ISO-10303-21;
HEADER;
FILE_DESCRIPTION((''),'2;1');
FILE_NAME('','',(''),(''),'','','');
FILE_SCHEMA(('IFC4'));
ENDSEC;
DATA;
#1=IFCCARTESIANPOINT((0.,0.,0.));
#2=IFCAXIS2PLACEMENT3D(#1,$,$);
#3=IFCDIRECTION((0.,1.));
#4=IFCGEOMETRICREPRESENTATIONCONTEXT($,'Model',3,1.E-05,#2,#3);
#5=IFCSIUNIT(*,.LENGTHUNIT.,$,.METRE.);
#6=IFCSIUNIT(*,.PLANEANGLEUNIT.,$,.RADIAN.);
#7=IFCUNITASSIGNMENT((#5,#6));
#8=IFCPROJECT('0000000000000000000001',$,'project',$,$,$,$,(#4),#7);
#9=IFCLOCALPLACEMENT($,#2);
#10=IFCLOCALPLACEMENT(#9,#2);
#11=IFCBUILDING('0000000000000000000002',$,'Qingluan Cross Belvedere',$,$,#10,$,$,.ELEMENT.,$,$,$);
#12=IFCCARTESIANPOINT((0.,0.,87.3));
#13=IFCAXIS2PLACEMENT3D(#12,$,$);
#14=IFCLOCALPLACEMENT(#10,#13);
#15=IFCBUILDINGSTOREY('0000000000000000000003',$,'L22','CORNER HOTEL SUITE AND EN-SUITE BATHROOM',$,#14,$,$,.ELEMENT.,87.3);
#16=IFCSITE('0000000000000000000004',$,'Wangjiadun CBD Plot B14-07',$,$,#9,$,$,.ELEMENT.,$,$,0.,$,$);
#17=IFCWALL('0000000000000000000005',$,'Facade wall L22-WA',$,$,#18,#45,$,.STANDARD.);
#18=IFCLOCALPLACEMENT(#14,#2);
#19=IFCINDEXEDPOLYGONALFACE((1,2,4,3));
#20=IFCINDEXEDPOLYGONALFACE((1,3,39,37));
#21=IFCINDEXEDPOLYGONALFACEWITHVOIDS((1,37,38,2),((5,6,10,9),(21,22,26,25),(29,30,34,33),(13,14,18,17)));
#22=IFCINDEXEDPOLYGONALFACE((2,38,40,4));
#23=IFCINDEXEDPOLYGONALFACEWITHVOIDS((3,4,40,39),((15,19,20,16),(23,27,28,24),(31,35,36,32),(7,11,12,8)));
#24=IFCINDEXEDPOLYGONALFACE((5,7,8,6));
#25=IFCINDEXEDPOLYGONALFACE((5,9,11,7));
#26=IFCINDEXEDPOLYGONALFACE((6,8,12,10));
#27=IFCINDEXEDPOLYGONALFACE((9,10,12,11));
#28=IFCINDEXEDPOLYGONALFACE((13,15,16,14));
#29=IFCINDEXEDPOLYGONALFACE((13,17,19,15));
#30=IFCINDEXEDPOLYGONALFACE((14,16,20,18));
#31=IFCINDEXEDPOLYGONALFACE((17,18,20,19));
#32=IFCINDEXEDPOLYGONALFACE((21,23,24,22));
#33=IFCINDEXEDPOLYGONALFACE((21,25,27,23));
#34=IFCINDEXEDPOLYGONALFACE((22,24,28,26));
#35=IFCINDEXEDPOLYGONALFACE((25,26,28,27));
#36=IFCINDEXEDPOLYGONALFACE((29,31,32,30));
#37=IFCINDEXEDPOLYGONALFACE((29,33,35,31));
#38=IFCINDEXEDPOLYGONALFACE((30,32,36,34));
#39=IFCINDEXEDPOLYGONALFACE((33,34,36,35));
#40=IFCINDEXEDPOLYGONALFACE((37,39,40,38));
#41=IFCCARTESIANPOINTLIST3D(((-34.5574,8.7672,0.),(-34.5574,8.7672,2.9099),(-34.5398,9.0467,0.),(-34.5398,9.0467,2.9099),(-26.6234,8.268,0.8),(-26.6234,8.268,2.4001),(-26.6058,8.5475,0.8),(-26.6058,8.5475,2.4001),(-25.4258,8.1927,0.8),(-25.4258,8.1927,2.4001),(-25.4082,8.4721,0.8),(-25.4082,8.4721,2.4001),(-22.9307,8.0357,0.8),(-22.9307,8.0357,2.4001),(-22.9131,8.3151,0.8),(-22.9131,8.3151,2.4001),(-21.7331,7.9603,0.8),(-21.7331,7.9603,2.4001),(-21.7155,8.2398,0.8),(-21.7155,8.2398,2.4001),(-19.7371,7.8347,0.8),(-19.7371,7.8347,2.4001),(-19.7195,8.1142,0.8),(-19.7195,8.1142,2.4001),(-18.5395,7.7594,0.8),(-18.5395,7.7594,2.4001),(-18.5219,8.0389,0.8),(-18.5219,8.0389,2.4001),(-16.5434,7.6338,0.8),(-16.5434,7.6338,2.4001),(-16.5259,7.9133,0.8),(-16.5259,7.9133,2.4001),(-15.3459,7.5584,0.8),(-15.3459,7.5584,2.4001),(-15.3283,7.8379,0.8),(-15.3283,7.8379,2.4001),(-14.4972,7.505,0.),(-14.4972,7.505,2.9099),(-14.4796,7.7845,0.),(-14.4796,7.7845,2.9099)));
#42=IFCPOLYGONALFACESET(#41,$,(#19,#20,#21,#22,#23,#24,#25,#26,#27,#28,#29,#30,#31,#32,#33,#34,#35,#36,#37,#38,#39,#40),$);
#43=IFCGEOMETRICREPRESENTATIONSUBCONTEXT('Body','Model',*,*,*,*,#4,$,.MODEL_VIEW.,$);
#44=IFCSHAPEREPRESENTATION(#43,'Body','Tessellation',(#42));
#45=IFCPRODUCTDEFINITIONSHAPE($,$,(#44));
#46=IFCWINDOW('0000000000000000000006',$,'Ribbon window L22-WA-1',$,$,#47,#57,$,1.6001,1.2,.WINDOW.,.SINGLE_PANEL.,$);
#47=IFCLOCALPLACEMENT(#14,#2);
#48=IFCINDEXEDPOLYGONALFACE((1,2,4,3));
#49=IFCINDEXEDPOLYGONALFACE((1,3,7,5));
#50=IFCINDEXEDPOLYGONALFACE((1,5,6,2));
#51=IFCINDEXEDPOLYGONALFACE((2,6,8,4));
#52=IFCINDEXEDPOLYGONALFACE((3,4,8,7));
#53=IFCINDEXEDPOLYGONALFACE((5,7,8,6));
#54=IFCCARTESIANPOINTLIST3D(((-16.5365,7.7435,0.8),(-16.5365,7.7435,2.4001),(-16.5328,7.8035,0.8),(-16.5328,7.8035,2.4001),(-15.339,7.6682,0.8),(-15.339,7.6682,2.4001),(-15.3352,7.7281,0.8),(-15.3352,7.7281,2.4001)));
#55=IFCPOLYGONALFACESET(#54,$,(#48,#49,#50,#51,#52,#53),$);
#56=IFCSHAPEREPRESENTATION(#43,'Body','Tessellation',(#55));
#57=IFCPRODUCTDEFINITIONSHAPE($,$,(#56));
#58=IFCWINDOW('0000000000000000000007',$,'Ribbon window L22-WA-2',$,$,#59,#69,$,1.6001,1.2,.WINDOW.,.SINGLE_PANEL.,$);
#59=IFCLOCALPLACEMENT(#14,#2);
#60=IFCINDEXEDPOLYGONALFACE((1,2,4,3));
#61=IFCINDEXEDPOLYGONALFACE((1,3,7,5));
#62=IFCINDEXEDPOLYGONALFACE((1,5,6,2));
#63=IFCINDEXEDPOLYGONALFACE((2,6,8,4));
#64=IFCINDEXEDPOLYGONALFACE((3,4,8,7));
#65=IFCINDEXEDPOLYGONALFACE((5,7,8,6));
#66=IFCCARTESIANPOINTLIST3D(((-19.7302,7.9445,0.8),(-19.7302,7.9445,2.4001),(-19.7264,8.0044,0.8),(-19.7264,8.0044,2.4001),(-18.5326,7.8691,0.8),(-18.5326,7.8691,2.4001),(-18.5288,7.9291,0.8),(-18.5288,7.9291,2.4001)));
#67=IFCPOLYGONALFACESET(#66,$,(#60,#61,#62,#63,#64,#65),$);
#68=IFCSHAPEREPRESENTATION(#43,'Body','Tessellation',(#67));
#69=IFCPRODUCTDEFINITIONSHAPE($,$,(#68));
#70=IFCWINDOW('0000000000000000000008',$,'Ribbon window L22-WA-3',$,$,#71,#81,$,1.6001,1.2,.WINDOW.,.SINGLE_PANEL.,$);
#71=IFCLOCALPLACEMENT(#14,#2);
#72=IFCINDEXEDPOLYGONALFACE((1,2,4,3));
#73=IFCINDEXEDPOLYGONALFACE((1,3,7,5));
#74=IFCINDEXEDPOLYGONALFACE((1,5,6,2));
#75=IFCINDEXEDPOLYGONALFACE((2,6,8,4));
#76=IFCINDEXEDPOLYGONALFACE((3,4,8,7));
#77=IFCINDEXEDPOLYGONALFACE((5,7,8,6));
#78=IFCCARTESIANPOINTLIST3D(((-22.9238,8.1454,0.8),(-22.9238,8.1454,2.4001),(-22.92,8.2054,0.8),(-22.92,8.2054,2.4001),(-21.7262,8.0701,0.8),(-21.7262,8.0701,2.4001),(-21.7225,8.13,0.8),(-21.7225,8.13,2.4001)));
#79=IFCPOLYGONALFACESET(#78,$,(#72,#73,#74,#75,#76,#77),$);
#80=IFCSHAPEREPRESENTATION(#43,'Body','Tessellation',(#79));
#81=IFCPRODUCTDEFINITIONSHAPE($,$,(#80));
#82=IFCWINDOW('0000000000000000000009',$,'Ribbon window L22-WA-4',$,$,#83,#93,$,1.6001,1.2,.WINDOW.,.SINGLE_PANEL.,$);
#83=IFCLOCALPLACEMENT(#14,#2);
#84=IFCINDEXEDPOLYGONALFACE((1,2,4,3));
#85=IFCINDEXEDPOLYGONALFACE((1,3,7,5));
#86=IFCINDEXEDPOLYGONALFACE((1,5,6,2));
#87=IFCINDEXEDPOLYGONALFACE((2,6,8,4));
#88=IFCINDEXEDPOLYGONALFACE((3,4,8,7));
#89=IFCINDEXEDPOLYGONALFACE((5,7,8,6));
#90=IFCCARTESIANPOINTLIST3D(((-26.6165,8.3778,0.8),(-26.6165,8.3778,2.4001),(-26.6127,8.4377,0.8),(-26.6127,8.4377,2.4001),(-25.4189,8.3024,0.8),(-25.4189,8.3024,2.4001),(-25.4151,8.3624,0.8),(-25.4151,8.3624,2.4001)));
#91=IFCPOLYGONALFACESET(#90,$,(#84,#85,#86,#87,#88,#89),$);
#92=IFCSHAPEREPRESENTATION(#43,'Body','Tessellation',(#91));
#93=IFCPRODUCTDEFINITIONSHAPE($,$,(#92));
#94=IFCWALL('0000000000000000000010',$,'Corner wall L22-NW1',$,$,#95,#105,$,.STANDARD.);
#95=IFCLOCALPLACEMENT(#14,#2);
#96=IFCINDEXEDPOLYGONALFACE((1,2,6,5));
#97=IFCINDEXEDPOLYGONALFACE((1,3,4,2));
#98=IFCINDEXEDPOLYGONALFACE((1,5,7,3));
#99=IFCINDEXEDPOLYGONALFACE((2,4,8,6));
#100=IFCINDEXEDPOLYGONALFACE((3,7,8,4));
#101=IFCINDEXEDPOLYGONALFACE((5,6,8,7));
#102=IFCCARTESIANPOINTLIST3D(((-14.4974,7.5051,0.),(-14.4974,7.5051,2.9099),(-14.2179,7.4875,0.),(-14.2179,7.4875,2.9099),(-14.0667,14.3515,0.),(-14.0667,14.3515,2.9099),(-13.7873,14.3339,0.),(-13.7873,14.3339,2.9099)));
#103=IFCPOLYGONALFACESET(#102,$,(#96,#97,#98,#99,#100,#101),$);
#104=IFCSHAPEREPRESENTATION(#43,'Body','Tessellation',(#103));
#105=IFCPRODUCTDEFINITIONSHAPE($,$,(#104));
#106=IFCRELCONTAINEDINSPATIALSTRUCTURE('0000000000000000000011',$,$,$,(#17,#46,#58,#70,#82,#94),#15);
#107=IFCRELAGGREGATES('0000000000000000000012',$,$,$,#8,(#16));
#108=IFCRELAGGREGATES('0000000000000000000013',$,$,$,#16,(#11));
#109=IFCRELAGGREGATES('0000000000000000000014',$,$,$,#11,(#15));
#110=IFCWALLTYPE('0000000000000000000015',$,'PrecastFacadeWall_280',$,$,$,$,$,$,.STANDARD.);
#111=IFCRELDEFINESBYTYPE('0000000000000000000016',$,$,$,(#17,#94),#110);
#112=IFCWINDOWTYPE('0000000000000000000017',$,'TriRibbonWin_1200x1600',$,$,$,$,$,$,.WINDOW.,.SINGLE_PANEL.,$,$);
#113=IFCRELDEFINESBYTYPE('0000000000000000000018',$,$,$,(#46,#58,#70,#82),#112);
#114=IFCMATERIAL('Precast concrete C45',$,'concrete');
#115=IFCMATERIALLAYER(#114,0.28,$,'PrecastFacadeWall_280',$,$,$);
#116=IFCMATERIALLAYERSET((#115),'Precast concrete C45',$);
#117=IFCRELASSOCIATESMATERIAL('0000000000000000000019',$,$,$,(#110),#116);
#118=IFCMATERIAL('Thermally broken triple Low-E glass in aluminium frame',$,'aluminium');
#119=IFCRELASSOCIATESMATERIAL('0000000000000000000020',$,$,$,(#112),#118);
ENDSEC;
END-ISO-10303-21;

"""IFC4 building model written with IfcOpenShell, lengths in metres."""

from ifc_helpers import new_model, si_unit, direction, frame, frame_2d, origin, place, context, subcontext, project, spatial, rectangle, extrude, material, layer, layer_set, type_object, element, fill, save


model = new_model("IFC4")

# Units and contexts
model_context = context("Model", 3, precision=1e-05, world=origin(), true_north=direction((0.0, 1.0)))
body_context = subcontext(model_context, "Body", "Model", "MODEL_VIEW")
ifc_project = project(units=[si_unit("LENGTHUNIT", "METRE"), si_unit("PLANEANGLEUNIT", "RADIAN")], contexts=[model_context])

# Site, building, storey
site_placement = place(None, origin())
site = spatial("IfcSite", under=ifc_project, at=site_placement, Name="Wangjiadun CBD Plot B14-07", CompositionType="ELEMENT", RefElevation=0.0)
building_placement = place(site_placement, origin())
building = spatial("IfcBuilding", under=site, at=building_placement, Name="Qingluan Cross Belvedere", CompositionType="ELEMENT")
storey_placement = place(building_placement, frame((0.0, 0.0, 87.3)))
storey = spatial("IfcBuildingStorey", under=building, at=storey_placement, Name="L22", Description="CORNER HOTEL SUITE AND EN-SUITE BATHROOM", CompositionType="ELEMENT", Elevation=87.3)

# Wall, openings, windows
ifc_material_1 = material(Name="Precast concrete C45", Category="concrete")
ifc_layer_1 = layer(ifc_material_1, 0.28, Name="PrecastFacadeWall_280")
ifc_layer_set_1 = layer_set([ifc_layer_1], Name="Precast concrete C45")
wall_type_1 = type_object("IfcWallType", Name="PrecastFacadeWall_280", PredefinedType="STANDARD", material=ifc_layer_set_1)
wall_1_placement = place(storey_placement, frame((-14.4885, 7.6448, 0.0), z_axis=(0.0, 0.0, 1.0), x_axis=(-0.998026, 0.062796, 0.0)))
wall_1 = element("IfcWall", 1, at=wall_1_placement, inside=storey, type_object=wall_type_1, Name="Facade wall L22-WA", PredefinedType="STANDARD", context=body_context, shape_type="SweptSolid", body=[
    extrude(rectangle(XDim=20.0999, YDim=0.28, at=frame_2d((10.0498, 0.0))), origin(), (0.0, 0.0, 1.0), 2.9099),
])
opening_1_placement = place(wall_1_placement, frame((0.8501, 0.0, 0.8)))
opening_1 = element("IfcOpeningElement", 2, at=opening_1_placement, cuts=wall_1, PredefinedType="OPENING", context=body_context, shape_type="SweptSolid", body=[
    extrude(rectangle(XDim=1.2, YDim=1.6001, at=frame_2d((0.6001, 0.8))), frame((0.0, 0.1499, 0.0), z_axis=(0.0, -1.0, 0.0), x_axis=(1.0, 0.0, 0.0)), (0.0, 0.0, 1.0), 0.3),
])
opening_2_placement = place(wall_1_placement, frame((4.05, 0.0, 0.8)))
opening_2 = element("IfcOpeningElement", 3, at=opening_2_placement, cuts=wall_1, PredefinedType="OPENING", context=body_context, shape_type="SweptSolid", body=[
    extrude(rectangle(XDim=1.2, YDim=1.6001, at=frame_2d((0.6001, 0.8))), frame((0.0, 0.1499, 0.0), z_axis=(0.0, -1.0, 0.0), x_axis=(1.0, 0.0, 0.0)), (0.0, 0.0, 1.0), 0.3),
])
opening_3_placement = place(wall_1_placement, frame((7.25, 0.0, 0.8)))
opening_3 = element("IfcOpeningElement", 4, at=opening_3_placement, cuts=wall_1, PredefinedType="OPENING", context=body_context, shape_type="SweptSolid", body=[
    extrude(rectangle(XDim=1.2, YDim=1.6001, at=frame_2d((0.6001, 0.8))), frame((0.0, 0.1499, 0.0), z_axis=(0.0, -1.0, 0.0), x_axis=(1.0, 0.0, 0.0)), (0.0, 0.0, 1.0), 0.3),
])
opening_4_placement = place(wall_1_placement, frame((10.95, 0.0, 0.8)))
opening_4 = element("IfcOpeningElement", 5, at=opening_4_placement, cuts=wall_1, PredefinedType="OPENING", context=body_context, shape_type="SweptSolid", body=[
    extrude(rectangle(XDim=1.2, YDim=1.6001, at=frame_2d((0.6001, 0.8))), frame((0.0, 0.1499, 0.0), z_axis=(0.0, -1.0, 0.0), x_axis=(1.0, 0.0, 0.0)), (0.0, 0.0, 1.0), 0.3),
])
ifc_material_2 = material(Name="Thermally broken triple Low-E glass in aluminium frame", Category="aluminium")
window_type = type_object("IfcWindowType", Name="TriRibbonWin_1200x1600", PartitioningType="SINGLE_PANEL", PredefinedType="WINDOW", material=ifc_material_2)
window_1_placement = place(opening_1_placement, origin())
window_1 = element("IfcWindow", 6, at=window_1_placement, inside=storey, type_object=window_type, Name="Ribbon window L22-WA-1", OverallHeight=1.6001, OverallWidth=1.2, PartitioningType="SINGLE_PANEL", PredefinedType="WINDOW", context=body_context, shape_type="SweptSolid", body=[
    extrude(rectangle(XDim=1.2, YDim=1.6001, at=frame_2d((0.6001, 0.8))), frame((0.0, 0.03, 0.0), z_axis=(0.0, -1.0, 0.0), x_axis=(1.0, 0.0, 0.0)), (0.0, 0.0, 1.0), 0.0601),
])
fill(opening_1, window_1)
window_2_placement = place(opening_2_placement, origin())
window_2 = element("IfcWindow", 7, at=window_2_placement, inside=storey, type_object=window_type, Name="Ribbon window L22-WA-2", OverallHeight=1.6001, OverallWidth=1.2, PartitioningType="SINGLE_PANEL", PredefinedType="WINDOW", context=body_context, shape_type="SweptSolid", body=[
    extrude(rectangle(XDim=1.2, YDim=1.6001, at=frame_2d((0.6001, 0.8))), frame((0.0, 0.03, 0.0), z_axis=(0.0, -1.0, 0.0), x_axis=(1.0, 0.0, 0.0)), (0.0, 0.0, 1.0), 0.0601),
])
fill(opening_2, window_2)
window_3_placement = place(opening_3_placement, origin())
window_3 = element("IfcWindow", 8, at=window_3_placement, inside=storey, type_object=window_type, Name="Ribbon window L22-WA-3", OverallHeight=1.6001, OverallWidth=1.2, PartitioningType="SINGLE_PANEL", PredefinedType="WINDOW", context=body_context, shape_type="SweptSolid", body=[
    extrude(rectangle(XDim=1.2, YDim=1.6001, at=frame_2d((0.6001, 0.8))), frame((0.0, 0.03, 0.0), z_axis=(0.0, -1.0, 0.0), x_axis=(1.0, 0.0, 0.0)), (0.0, 0.0, 1.0), 0.0601),
])
fill(opening_3, window_3)
window_4_placement = place(opening_4_placement, origin())
window_4 = element("IfcWindow", 9, at=window_4_placement, inside=storey, type_object=window_type, Name="Ribbon window L22-WA-4", OverallHeight=1.6001, OverallWidth=1.2, PartitioningType="SINGLE_PANEL", PredefinedType="WINDOW", context=body_context, shape_type="SweptSolid", body=[
    extrude(rectangle(XDim=1.2, YDim=1.6001, at=frame_2d((0.6001, 0.8))), frame((0.0, 0.03, 0.0), z_axis=(0.0, -1.0, 0.0), x_axis=(1.0, 0.0, 0.0)), (0.0, 0.0, 1.0), 0.0601),
])
fill(opening_4, window_4)

# Wall
wall_2_placement = place(storey_placement, frame((-14.3577, 7.4963, 0.0), z_axis=(0.0, 0.0, 1.0), x_axis=(0.062779, 0.998027, 0.0)))
element("IfcWall", 10, at=wall_2_placement, inside=storey, type_object=wall_type_1, Name="Corner wall L22-NW1", PredefinedType="STANDARD", context=body_context, shape_type="SweptSolid", body=[
    extrude(rectangle(XDim=6.8599, YDim=0.28, at=frame_2d((3.4299, 0.0))), origin(), (0.0, 0.0, 1.0), 2.9099),
])

save(model, "model.ifc")
